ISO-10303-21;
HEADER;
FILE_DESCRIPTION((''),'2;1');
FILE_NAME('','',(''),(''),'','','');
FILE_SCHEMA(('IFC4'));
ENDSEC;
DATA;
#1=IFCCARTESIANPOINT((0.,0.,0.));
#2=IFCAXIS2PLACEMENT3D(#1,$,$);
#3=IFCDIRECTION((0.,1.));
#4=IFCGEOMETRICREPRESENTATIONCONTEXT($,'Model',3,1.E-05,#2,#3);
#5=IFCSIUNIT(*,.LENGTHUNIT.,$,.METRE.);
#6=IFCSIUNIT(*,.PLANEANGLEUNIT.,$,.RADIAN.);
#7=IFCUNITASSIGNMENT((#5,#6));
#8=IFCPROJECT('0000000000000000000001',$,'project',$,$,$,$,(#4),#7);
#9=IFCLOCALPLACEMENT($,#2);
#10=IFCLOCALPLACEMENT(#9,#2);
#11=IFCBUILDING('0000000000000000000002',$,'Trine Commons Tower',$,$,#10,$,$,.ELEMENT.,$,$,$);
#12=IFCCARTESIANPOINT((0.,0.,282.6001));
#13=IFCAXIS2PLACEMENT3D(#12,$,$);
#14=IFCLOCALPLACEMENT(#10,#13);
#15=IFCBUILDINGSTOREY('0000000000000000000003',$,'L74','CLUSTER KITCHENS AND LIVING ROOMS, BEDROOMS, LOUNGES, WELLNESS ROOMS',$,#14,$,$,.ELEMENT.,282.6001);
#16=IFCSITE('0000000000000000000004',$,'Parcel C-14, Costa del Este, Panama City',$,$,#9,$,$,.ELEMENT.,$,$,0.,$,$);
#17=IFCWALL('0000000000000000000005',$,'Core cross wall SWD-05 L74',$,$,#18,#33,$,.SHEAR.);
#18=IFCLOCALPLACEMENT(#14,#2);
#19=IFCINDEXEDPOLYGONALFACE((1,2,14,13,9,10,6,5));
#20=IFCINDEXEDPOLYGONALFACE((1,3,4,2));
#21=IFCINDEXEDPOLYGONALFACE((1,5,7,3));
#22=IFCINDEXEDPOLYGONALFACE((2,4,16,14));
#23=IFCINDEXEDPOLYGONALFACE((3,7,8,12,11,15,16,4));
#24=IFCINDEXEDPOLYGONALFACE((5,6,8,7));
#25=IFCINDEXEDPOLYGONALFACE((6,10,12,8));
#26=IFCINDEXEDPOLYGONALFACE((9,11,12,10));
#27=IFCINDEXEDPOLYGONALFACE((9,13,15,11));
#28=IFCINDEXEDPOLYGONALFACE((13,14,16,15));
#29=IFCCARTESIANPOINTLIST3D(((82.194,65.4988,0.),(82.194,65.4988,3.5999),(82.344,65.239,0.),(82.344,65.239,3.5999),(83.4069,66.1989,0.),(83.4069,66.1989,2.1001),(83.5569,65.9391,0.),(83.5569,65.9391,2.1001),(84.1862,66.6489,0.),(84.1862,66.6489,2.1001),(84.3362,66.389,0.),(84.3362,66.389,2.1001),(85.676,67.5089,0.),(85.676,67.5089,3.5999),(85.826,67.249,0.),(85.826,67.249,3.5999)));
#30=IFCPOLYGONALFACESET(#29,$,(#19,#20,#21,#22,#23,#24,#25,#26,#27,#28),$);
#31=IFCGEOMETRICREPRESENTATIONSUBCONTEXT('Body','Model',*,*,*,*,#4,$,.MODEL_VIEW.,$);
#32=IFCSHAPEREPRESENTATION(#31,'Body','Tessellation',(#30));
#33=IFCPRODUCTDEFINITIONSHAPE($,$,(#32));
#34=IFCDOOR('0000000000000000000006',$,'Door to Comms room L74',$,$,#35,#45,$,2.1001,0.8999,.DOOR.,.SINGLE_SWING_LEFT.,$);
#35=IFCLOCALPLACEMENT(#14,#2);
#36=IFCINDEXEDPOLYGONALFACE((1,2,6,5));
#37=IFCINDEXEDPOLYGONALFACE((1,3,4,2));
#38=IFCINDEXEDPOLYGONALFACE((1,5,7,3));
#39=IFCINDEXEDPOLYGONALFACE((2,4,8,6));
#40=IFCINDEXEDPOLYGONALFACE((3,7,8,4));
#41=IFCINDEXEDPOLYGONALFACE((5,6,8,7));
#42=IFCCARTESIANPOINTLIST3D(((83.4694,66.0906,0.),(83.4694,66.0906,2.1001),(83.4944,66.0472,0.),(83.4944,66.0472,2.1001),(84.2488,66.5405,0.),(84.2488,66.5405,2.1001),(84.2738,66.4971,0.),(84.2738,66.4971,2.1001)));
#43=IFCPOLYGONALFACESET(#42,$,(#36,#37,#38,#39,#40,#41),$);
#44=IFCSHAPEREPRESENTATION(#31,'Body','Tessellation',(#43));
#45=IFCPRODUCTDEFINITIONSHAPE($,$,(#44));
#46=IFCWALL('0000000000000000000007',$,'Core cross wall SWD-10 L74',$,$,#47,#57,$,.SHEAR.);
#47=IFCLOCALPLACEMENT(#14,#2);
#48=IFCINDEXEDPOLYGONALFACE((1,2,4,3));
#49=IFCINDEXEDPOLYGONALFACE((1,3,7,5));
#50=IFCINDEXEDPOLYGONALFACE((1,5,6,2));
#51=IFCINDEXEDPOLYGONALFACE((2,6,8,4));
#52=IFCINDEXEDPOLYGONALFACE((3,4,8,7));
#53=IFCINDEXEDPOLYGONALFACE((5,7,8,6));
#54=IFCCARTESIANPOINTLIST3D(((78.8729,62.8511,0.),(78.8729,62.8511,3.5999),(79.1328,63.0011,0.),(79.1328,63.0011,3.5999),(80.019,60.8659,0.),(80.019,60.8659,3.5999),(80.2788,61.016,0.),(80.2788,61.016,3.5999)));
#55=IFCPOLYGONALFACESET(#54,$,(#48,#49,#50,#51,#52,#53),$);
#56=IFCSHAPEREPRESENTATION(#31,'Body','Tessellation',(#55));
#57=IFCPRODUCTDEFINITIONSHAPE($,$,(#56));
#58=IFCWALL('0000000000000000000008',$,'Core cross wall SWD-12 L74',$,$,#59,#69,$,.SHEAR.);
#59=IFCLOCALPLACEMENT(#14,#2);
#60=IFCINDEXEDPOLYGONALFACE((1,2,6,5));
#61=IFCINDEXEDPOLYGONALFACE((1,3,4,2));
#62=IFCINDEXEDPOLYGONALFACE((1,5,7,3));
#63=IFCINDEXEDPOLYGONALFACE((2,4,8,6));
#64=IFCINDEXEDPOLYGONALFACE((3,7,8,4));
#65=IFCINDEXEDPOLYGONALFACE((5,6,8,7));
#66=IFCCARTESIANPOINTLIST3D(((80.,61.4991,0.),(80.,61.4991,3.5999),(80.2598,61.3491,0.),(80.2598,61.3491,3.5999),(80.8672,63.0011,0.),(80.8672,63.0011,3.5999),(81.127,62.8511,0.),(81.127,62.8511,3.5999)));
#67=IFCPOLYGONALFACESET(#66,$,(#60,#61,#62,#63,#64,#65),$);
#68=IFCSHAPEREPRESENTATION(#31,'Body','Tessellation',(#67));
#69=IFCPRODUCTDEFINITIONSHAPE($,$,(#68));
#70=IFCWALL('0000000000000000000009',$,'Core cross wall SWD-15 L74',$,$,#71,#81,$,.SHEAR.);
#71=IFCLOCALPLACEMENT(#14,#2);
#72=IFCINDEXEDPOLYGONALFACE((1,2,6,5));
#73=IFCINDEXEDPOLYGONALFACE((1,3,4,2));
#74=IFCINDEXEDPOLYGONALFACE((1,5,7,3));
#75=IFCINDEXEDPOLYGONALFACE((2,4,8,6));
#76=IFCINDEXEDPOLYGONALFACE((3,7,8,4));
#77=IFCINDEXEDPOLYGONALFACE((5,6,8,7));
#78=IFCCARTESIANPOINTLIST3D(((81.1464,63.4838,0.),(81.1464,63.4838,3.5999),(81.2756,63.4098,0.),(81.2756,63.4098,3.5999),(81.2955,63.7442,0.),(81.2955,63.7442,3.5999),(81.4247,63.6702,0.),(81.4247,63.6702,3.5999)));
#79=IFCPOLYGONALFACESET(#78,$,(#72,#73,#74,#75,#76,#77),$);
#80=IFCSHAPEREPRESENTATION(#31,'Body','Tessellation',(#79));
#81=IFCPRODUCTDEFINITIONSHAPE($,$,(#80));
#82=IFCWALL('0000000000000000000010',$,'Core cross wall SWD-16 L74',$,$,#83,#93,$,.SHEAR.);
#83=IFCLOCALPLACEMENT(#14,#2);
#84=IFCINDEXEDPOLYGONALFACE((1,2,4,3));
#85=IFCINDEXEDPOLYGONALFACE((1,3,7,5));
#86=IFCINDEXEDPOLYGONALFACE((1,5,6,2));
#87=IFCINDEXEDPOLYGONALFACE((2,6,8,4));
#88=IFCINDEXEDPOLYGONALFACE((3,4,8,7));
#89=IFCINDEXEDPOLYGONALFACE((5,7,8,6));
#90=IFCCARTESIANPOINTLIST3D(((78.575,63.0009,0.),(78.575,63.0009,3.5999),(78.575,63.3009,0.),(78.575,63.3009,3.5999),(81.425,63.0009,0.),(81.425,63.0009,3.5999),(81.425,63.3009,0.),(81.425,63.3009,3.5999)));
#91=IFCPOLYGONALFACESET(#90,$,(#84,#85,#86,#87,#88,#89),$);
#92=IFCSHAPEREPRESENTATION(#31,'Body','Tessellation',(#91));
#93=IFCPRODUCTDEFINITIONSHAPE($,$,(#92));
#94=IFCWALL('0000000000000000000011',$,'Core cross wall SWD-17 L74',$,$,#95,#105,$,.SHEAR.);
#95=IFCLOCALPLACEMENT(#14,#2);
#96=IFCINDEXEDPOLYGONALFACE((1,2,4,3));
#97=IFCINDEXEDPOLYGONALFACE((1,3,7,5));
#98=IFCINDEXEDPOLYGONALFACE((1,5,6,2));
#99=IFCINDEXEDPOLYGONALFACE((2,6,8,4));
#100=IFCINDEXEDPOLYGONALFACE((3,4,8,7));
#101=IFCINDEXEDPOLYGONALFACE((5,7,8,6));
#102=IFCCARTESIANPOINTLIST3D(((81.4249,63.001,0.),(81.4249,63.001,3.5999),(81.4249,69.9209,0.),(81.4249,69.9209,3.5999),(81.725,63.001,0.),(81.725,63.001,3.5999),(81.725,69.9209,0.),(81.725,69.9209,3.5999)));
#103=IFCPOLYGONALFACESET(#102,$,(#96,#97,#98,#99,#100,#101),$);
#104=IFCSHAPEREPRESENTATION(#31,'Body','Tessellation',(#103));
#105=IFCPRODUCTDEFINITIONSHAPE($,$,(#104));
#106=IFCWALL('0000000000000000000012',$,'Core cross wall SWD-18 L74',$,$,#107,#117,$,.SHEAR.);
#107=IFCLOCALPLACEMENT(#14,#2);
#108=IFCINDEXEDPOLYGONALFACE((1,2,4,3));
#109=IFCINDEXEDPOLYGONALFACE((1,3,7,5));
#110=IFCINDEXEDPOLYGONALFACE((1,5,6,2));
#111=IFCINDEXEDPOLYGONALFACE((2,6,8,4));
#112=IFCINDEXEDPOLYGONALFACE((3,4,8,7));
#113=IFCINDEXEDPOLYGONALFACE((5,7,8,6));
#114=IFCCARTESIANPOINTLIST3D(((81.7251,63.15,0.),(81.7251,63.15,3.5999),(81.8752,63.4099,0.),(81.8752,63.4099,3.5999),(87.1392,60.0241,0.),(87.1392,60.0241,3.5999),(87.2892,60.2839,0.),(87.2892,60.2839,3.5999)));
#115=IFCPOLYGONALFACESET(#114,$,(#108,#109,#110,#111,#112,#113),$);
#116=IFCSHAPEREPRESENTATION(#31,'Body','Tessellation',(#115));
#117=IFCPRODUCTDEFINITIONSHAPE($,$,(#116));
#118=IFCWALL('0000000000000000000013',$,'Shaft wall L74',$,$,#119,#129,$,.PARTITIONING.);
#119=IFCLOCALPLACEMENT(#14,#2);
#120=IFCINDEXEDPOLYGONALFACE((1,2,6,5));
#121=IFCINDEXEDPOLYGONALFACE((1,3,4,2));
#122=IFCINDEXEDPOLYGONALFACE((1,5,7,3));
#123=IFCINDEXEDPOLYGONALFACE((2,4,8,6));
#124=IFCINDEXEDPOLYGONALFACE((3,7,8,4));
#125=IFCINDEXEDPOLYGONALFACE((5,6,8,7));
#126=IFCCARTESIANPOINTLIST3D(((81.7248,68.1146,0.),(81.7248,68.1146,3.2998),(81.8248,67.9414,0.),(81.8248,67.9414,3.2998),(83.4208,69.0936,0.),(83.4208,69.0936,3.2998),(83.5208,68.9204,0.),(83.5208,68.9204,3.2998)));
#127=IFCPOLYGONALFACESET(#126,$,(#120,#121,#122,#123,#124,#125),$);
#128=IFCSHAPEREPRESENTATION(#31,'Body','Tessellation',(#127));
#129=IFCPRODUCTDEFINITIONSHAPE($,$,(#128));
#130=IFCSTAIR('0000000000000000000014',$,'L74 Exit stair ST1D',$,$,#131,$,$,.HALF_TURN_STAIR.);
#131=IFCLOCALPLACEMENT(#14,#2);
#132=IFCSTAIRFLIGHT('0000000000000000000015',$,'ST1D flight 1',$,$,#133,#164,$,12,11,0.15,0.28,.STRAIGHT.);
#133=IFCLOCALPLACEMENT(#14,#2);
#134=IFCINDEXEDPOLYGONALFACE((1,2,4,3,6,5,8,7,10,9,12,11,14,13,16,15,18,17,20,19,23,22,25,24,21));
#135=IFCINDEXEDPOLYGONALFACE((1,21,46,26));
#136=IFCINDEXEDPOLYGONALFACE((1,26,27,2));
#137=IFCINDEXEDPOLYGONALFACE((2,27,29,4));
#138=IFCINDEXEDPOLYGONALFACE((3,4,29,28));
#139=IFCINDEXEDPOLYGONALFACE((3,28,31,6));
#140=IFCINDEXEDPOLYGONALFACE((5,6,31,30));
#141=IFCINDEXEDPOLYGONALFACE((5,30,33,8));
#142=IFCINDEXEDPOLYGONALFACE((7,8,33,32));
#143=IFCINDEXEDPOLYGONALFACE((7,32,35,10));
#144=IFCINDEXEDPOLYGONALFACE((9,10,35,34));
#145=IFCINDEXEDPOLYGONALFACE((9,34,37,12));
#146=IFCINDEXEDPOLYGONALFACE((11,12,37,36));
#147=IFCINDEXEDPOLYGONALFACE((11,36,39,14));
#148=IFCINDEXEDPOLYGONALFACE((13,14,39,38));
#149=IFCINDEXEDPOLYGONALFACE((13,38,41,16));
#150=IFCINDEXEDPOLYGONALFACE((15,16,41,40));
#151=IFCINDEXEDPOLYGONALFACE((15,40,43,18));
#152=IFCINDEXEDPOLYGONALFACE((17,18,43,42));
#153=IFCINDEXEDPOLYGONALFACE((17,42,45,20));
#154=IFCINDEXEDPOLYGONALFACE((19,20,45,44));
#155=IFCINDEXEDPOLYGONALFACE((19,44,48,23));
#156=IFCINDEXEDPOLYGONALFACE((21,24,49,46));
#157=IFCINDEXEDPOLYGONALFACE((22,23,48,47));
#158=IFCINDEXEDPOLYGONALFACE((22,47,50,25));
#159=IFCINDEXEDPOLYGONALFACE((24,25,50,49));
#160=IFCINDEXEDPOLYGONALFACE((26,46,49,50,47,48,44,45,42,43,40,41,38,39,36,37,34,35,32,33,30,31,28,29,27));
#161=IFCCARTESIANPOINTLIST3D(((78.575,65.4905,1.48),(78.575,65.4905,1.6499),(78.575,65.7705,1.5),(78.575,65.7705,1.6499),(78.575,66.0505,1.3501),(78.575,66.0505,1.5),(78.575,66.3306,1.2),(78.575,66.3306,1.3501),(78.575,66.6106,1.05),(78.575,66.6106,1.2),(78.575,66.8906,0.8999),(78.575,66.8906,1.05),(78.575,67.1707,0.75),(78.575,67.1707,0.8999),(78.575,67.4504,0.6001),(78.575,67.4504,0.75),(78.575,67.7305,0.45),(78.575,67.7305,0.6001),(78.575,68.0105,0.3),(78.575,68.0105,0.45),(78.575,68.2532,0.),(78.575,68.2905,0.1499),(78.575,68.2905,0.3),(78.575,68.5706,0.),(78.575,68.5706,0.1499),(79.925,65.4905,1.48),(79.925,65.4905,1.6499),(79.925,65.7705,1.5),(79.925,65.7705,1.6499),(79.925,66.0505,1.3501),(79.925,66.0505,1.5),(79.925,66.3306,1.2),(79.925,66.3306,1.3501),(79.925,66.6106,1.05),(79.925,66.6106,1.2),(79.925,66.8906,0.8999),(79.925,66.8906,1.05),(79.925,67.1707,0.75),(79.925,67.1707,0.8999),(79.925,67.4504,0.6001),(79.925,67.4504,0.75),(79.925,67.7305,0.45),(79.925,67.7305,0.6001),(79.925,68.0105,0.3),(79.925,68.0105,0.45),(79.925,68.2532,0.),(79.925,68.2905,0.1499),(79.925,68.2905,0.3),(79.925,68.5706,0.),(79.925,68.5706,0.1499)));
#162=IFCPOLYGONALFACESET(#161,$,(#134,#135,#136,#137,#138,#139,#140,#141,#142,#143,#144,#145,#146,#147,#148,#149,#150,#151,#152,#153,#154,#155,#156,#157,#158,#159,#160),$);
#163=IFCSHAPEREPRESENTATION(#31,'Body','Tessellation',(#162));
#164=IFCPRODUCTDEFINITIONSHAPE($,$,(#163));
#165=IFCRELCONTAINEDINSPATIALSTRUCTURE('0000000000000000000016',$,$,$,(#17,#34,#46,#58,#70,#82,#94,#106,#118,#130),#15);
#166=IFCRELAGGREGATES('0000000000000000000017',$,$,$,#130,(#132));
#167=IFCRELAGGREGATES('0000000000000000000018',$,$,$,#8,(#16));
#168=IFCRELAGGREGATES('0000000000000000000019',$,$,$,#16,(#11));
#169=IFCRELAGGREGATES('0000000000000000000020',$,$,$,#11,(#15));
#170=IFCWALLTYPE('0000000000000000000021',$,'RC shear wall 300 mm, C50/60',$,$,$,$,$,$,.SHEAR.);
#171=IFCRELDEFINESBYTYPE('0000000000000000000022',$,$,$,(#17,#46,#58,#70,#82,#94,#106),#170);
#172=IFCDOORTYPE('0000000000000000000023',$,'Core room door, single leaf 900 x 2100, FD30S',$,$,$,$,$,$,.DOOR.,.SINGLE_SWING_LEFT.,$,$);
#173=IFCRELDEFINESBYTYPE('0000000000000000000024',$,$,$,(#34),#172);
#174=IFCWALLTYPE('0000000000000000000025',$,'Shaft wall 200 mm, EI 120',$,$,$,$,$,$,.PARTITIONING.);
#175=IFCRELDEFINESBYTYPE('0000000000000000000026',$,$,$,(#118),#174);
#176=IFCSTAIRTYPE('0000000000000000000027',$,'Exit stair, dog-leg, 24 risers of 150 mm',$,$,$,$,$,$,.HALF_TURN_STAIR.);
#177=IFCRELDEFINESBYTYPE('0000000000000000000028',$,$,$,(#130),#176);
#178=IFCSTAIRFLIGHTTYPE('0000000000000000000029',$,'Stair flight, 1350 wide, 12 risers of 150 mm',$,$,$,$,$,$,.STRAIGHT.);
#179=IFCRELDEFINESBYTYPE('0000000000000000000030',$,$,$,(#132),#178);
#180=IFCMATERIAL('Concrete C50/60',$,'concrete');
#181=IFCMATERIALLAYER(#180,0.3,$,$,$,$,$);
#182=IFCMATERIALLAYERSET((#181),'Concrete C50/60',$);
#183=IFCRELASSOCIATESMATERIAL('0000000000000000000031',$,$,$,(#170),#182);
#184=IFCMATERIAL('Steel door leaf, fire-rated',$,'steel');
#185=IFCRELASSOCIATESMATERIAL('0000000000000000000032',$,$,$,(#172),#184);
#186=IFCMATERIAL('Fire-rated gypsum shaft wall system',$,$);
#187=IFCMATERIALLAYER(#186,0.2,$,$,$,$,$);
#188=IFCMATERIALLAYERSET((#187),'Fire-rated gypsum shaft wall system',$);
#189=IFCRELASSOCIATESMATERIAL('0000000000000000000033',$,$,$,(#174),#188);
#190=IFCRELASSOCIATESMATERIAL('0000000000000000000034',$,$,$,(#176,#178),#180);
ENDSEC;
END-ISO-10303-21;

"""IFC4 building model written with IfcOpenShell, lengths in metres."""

from ifc_helpers import new_model, si_unit, direction, frame, frame_2d, origin, place, context, subcontext, project, spatial, polyline, rectangle, outline, extrude, material, layer, layer_set, type_object, element, fill, aggregate, save


model = new_model("IFC4")

# Units and contexts
model_context = context("Model", 3, precision=1e-05, world=origin(), true_north=direction((0.0, 1.0)))
body_context = subcontext(model_context, "Body", "Model", "MODEL_VIEW")
ifc_project = project(units=[si_unit("LENGTHUNIT", "METRE"), si_unit("PLANEANGLEUNIT", "RADIAN")], contexts=[model_context])

# Site, building, storey
site_placement = place(None, origin())
site = spatial("IfcSite", under=ifc_project, at=site_placement, Name="Parcel C-14, Costa del Este, Panama City", CompositionType="ELEMENT", RefElevation=0.0)
building_placement = place(site_placement, origin())
building = spatial("IfcBuilding", under=site, at=building_placement, Name="Trine Commons Tower", CompositionType="ELEMENT")
storey_placement = place(building_placement, frame((0.0, 0.0, 282.6001)))
storey = spatial("IfcBuildingStorey", under=building, at=storey_placement, Name="L74", Description="CLUSTER KITCHENS AND LIVING ROOMS, BEDROOMS, LOUNGES, WELLNESS ROOMS", CompositionType="ELEMENT", Elevation=282.6001)

# Wall, opening, door
ifc_material_1 = material(Name="Concrete C50/60", Category="concrete")
ifc_layer_1 = layer(ifc_material_1, 0.3)
ifc_layer_set_1 = layer_set([ifc_layer_1], Name="Concrete C50/60")
wall_type_1 = type_object("IfcWallType", Name="RC shear wall 300 mm, C50/60", PredefinedType="SHEAR", material=ifc_layer_set_1)
wall_1_placement = place(storey_placement, frame((82.269, 65.3689, 0.0), z_axis=(0.0, 0.0, 1.0), x_axis=(0.866056, 0.499947, 0.0)))
wall_1 = element("IfcWall", 1, at=wall_1_placement, inside=storey, type_object=wall_type_1, Name="Core cross wall SWD-05 L74", PredefinedType="SHEAR", context=body_context, shape_type="SweptSolid", body=[
    extrude(rectangle(XDim=4.0205, YDim=0.3, at=frame_2d((2.0103, 0.0))), origin(), (0.0, 0.0, 1.0), 3.5999),
])
opening_placement = place(wall_1_placement, frame((1.4004, 0.0, 0.0)))
opening = element("IfcOpeningElement", 2, at=opening_placement, cuts=wall_1, PredefinedType="OPENING", context=body_context, shape_type="SweptSolid", body=[
    extrude(rectangle(XDim=0.8999, YDim=2.1001, at=frame_2d((0.45, 1.05))), frame((0.0, 0.1599, 0.0), z_axis=(0.0, -1.0, 0.0), x_axis=(1.0, 0.0, 0.0)), (0.0, 0.0, 1.0), 0.3201),
])
ifc_material_2 = material(Name="Steel door leaf, fire-rated", Category="steel")
door_type = type_object("IfcDoorType", Name="Core room door, single leaf 900 x 2100, FD30S", OperationType="SINGLE_SWING_LEFT", PredefinedType="DOOR", material=ifc_material_2)
door_placement = place(opening_placement, origin())
door = element("IfcDoor", 3, at=door_placement, inside=storey, type_object=door_type, Name="Door to Comms room L74", OperationType="SINGLE_SWING_LEFT", OverallHeight=2.1001, OverallWidth=0.8999, PredefinedType="DOOR", context=body_context, shape_type="SweptSolid", body=[
    extrude(rectangle(XDim=0.8999, YDim=2.1001, at=frame_2d((0.45, 1.05))), frame((0.0, 0.0249, 0.0), z_axis=(0.0, -1.0, 0.0), x_axis=(1.0, 0.0, 0.0)), (0.0, 0.0, 1.0), 0.05),
])
fill(opening, door)

# Walls
wall_2_placement = place(storey_placement, frame((79.0029, 62.926, 0.0), z_axis=(0.0, 0.0, 1.0), x_axis=(0.499965, -0.866045, 0.0)))
element("IfcWall", 4, at=wall_2_placement, inside=storey, type_object=wall_type_1, Name="Core cross wall SWD-10 L74", PredefinedType="SHEAR", context=body_context, shape_type="SweptSolid", body=[
    extrude(rectangle(XDim=2.2922, YDim=0.3, at=frame_2d((1.146, 0.0))), origin(), (0.0, 0.0, 1.0), 3.5999),
])
wall_3_placement = place(storey_placement, frame((80.1299, 61.4241, 0.0), z_axis=(0.0, 0.0, 1.0), x_axis=(0.500015, 0.866017, 0.0)))
element("IfcWall", 5, at=wall_3_placement, inside=storey, type_object=wall_type_1, Name="Core cross wall SWD-12 L74", PredefinedType="SHEAR", context=body_context, shape_type="SweptSolid", body=[
    extrude(rectangle(XDim=1.7344, YDim=0.3, at=frame_2d((0.8672, 0.0))), origin(), (0.0, 0.0, 1.0), 3.5999),
])
wall_4_placement = place(storey_placement, frame((81.2209, 63.614, 0.0), z_axis=(0.0, 0.0, 1.0), x_axis=(0.867738, -0.497022, 0.0)))
element("IfcWall", 6, at=wall_4_placement, inside=storey, type_object=wall_type_1, Name="Core cross wall SWD-15 L74", PredefinedType="SHEAR", context=body_context, shape_type="SweptSolid", body=[
    extrude(rectangle(XDim=0.1489, YDim=0.3, at=frame_2d((0.0745, 0.0))), origin(), (0.0, 0.0, 1.0), 3.5999),
])
wall_5_placement = place(storey_placement, frame((81.425, 63.1509, 0.0), z_axis=(0.0, 0.0, 1.0), x_axis=(-1.0, 0.0, 0.0)))
element("IfcWall", 7, at=wall_5_placement, inside=storey, type_object=wall_type_1, Name="Core cross wall SWD-16 L74", PredefinedType="SHEAR", context=body_context, shape_type="SweptSolid", body=[
    extrude(rectangle(XDim=2.8501, YDim=0.3, at=frame_2d((1.425, 0.0))), origin(), (0.0, 0.0, 1.0), 3.5999),
])
wall_6_placement = place(storey_placement, frame((81.575, 63.001, 0.0), z_axis=(0.0, 0.0, 1.0), x_axis=(0.0, 1.0, 0.0)))
element("IfcWall", 8, at=wall_6_placement, inside=storey, type_object=wall_type_1, Name="Core cross wall SWD-17 L74", PredefinedType="SHEAR", context=body_context, shape_type="SweptSolid", body=[
    extrude(rectangle(XDim=6.9199, YDim=0.3, at=frame_2d((3.46, 0.0))), origin(), (0.0, 0.0, 1.0), 3.5999),
])
wall_7_placement = place(storey_placement, frame((81.8, 63.28, 0.0), z_axis=(0.0, 0.0, 1.0), x_axis=(0.866014, -0.50002, 0.0)))
element("IfcWall", 9, at=wall_7_placement, inside=storey, type_object=wall_type_1, Name="Core cross wall SWD-18 L74", PredefinedType="SHEAR", context=body_context, shape_type="SweptSolid", body=[
    extrude(rectangle(XDim=6.2517, YDim=0.3, at=frame_2d((3.126, 0.0))), origin(), (0.0, 0.0, 1.0), 3.5999),
])
ifc_material_3 = material(Name="Fire-rated gypsum shaft wall system")
ifc_layer_2 = layer(ifc_material_3, 0.2)
ifc_layer_set_2 = layer_set([ifc_layer_2], Name="Fire-rated gypsum shaft wall system")
wall_type_2 = type_object("IfcWallType", Name="Shaft wall 200 mm, EI 120", PredefinedType="PARTITIONING", material=ifc_layer_set_2)
wall_8_placement = place(storey_placement, frame((81.7749, 68.0281, 0.0), z_axis=(0.0, 0.0, 1.0), x_axis=(0.866071, 0.49992, 0.0)))
element("IfcWall", 10, at=wall_8_placement, inside=storey, type_object=wall_type_2, Name="Shaft wall L74", PredefinedType="PARTITIONING", context=body_context, shape_type="SweptSolid", body=[
    extrude(rectangle(XDim=1.9583, YDim=0.2, at=frame_2d((0.979, 0.0))), origin(), (0.0, 0.0, 1.0), 3.2998),
])

# Stair, stair flight
stair_type = type_object("IfcStairType", Name="Exit stair, dog-leg, 24 risers of 150 mm", PredefinedType="HALF_TURN_STAIR", material=ifc_material_1)
stair_placement = place(storey_placement, origin())
stair = element("IfcStair", 11, at=stair_placement, inside=storey, type_object=stair_type, Name="L74 Exit stair ST1D", PredefinedType="HALF_TURN_STAIR")
stair_flight_type = type_object("IfcStairFlightType", Name="Stair flight, 1350 wide, 12 risers of 150 mm", PredefinedType="STRAIGHT", material=ifc_material_1)
stair_flight_1_placement = place(storey_placement, frame((79.25, 68.5706, 0.0), z_axis=(0.0, 0.0, 1.0), x_axis=(0.0, -1.0, 0.0)))
stair_flight_1 = element("IfcStairFlight", 12, at=stair_flight_1_placement, type_object=stair_flight_type, Name="ST1D flight 1", NumberOfRisers=12, NumberOfTreads=11, PredefinedType="STRAIGHT", RiserHeight=0.15, TreadLength=0.28, context=body_context, shape_type="SweptSolid", body=[
    extrude(outline(polyline([(0.0, 0.0), (0.0, 0.1499), (0.28, 0.1499), (0.28, 0.3), (0.5601, 0.3), (0.5601, 0.45), (0.8401, 0.45), (0.8401, 0.6001), (1.1201, 0.6001), (1.1201, 0.75), (1.3999, 0.75), (1.3999, 0.8999), (1.6799, 0.8999), (1.6799, 1.05), (1.96, 1.05), (1.96, 1.2), (2.24, 1.2), (2.24, 1.3501), (2.52, 1.3501), (2.52, 1.5), (2.8, 1.5), (2.8, 1.6499), (3.0801, 1.6499), (3.0801, 1.8), (3.0801, 1.48), (0.3174, 0.0), (0.0, 0.0)])), frame((0.0, 0.675, 0.0), z_axis=(0.0, -1.0, 0.0), x_axis=(1.0, 0.0, 0.0)), (0.0, 0.0, 1.0), 1.3501),
])
aggregate(stair, [stair_flight_1])

save(model, "model.ifc")
